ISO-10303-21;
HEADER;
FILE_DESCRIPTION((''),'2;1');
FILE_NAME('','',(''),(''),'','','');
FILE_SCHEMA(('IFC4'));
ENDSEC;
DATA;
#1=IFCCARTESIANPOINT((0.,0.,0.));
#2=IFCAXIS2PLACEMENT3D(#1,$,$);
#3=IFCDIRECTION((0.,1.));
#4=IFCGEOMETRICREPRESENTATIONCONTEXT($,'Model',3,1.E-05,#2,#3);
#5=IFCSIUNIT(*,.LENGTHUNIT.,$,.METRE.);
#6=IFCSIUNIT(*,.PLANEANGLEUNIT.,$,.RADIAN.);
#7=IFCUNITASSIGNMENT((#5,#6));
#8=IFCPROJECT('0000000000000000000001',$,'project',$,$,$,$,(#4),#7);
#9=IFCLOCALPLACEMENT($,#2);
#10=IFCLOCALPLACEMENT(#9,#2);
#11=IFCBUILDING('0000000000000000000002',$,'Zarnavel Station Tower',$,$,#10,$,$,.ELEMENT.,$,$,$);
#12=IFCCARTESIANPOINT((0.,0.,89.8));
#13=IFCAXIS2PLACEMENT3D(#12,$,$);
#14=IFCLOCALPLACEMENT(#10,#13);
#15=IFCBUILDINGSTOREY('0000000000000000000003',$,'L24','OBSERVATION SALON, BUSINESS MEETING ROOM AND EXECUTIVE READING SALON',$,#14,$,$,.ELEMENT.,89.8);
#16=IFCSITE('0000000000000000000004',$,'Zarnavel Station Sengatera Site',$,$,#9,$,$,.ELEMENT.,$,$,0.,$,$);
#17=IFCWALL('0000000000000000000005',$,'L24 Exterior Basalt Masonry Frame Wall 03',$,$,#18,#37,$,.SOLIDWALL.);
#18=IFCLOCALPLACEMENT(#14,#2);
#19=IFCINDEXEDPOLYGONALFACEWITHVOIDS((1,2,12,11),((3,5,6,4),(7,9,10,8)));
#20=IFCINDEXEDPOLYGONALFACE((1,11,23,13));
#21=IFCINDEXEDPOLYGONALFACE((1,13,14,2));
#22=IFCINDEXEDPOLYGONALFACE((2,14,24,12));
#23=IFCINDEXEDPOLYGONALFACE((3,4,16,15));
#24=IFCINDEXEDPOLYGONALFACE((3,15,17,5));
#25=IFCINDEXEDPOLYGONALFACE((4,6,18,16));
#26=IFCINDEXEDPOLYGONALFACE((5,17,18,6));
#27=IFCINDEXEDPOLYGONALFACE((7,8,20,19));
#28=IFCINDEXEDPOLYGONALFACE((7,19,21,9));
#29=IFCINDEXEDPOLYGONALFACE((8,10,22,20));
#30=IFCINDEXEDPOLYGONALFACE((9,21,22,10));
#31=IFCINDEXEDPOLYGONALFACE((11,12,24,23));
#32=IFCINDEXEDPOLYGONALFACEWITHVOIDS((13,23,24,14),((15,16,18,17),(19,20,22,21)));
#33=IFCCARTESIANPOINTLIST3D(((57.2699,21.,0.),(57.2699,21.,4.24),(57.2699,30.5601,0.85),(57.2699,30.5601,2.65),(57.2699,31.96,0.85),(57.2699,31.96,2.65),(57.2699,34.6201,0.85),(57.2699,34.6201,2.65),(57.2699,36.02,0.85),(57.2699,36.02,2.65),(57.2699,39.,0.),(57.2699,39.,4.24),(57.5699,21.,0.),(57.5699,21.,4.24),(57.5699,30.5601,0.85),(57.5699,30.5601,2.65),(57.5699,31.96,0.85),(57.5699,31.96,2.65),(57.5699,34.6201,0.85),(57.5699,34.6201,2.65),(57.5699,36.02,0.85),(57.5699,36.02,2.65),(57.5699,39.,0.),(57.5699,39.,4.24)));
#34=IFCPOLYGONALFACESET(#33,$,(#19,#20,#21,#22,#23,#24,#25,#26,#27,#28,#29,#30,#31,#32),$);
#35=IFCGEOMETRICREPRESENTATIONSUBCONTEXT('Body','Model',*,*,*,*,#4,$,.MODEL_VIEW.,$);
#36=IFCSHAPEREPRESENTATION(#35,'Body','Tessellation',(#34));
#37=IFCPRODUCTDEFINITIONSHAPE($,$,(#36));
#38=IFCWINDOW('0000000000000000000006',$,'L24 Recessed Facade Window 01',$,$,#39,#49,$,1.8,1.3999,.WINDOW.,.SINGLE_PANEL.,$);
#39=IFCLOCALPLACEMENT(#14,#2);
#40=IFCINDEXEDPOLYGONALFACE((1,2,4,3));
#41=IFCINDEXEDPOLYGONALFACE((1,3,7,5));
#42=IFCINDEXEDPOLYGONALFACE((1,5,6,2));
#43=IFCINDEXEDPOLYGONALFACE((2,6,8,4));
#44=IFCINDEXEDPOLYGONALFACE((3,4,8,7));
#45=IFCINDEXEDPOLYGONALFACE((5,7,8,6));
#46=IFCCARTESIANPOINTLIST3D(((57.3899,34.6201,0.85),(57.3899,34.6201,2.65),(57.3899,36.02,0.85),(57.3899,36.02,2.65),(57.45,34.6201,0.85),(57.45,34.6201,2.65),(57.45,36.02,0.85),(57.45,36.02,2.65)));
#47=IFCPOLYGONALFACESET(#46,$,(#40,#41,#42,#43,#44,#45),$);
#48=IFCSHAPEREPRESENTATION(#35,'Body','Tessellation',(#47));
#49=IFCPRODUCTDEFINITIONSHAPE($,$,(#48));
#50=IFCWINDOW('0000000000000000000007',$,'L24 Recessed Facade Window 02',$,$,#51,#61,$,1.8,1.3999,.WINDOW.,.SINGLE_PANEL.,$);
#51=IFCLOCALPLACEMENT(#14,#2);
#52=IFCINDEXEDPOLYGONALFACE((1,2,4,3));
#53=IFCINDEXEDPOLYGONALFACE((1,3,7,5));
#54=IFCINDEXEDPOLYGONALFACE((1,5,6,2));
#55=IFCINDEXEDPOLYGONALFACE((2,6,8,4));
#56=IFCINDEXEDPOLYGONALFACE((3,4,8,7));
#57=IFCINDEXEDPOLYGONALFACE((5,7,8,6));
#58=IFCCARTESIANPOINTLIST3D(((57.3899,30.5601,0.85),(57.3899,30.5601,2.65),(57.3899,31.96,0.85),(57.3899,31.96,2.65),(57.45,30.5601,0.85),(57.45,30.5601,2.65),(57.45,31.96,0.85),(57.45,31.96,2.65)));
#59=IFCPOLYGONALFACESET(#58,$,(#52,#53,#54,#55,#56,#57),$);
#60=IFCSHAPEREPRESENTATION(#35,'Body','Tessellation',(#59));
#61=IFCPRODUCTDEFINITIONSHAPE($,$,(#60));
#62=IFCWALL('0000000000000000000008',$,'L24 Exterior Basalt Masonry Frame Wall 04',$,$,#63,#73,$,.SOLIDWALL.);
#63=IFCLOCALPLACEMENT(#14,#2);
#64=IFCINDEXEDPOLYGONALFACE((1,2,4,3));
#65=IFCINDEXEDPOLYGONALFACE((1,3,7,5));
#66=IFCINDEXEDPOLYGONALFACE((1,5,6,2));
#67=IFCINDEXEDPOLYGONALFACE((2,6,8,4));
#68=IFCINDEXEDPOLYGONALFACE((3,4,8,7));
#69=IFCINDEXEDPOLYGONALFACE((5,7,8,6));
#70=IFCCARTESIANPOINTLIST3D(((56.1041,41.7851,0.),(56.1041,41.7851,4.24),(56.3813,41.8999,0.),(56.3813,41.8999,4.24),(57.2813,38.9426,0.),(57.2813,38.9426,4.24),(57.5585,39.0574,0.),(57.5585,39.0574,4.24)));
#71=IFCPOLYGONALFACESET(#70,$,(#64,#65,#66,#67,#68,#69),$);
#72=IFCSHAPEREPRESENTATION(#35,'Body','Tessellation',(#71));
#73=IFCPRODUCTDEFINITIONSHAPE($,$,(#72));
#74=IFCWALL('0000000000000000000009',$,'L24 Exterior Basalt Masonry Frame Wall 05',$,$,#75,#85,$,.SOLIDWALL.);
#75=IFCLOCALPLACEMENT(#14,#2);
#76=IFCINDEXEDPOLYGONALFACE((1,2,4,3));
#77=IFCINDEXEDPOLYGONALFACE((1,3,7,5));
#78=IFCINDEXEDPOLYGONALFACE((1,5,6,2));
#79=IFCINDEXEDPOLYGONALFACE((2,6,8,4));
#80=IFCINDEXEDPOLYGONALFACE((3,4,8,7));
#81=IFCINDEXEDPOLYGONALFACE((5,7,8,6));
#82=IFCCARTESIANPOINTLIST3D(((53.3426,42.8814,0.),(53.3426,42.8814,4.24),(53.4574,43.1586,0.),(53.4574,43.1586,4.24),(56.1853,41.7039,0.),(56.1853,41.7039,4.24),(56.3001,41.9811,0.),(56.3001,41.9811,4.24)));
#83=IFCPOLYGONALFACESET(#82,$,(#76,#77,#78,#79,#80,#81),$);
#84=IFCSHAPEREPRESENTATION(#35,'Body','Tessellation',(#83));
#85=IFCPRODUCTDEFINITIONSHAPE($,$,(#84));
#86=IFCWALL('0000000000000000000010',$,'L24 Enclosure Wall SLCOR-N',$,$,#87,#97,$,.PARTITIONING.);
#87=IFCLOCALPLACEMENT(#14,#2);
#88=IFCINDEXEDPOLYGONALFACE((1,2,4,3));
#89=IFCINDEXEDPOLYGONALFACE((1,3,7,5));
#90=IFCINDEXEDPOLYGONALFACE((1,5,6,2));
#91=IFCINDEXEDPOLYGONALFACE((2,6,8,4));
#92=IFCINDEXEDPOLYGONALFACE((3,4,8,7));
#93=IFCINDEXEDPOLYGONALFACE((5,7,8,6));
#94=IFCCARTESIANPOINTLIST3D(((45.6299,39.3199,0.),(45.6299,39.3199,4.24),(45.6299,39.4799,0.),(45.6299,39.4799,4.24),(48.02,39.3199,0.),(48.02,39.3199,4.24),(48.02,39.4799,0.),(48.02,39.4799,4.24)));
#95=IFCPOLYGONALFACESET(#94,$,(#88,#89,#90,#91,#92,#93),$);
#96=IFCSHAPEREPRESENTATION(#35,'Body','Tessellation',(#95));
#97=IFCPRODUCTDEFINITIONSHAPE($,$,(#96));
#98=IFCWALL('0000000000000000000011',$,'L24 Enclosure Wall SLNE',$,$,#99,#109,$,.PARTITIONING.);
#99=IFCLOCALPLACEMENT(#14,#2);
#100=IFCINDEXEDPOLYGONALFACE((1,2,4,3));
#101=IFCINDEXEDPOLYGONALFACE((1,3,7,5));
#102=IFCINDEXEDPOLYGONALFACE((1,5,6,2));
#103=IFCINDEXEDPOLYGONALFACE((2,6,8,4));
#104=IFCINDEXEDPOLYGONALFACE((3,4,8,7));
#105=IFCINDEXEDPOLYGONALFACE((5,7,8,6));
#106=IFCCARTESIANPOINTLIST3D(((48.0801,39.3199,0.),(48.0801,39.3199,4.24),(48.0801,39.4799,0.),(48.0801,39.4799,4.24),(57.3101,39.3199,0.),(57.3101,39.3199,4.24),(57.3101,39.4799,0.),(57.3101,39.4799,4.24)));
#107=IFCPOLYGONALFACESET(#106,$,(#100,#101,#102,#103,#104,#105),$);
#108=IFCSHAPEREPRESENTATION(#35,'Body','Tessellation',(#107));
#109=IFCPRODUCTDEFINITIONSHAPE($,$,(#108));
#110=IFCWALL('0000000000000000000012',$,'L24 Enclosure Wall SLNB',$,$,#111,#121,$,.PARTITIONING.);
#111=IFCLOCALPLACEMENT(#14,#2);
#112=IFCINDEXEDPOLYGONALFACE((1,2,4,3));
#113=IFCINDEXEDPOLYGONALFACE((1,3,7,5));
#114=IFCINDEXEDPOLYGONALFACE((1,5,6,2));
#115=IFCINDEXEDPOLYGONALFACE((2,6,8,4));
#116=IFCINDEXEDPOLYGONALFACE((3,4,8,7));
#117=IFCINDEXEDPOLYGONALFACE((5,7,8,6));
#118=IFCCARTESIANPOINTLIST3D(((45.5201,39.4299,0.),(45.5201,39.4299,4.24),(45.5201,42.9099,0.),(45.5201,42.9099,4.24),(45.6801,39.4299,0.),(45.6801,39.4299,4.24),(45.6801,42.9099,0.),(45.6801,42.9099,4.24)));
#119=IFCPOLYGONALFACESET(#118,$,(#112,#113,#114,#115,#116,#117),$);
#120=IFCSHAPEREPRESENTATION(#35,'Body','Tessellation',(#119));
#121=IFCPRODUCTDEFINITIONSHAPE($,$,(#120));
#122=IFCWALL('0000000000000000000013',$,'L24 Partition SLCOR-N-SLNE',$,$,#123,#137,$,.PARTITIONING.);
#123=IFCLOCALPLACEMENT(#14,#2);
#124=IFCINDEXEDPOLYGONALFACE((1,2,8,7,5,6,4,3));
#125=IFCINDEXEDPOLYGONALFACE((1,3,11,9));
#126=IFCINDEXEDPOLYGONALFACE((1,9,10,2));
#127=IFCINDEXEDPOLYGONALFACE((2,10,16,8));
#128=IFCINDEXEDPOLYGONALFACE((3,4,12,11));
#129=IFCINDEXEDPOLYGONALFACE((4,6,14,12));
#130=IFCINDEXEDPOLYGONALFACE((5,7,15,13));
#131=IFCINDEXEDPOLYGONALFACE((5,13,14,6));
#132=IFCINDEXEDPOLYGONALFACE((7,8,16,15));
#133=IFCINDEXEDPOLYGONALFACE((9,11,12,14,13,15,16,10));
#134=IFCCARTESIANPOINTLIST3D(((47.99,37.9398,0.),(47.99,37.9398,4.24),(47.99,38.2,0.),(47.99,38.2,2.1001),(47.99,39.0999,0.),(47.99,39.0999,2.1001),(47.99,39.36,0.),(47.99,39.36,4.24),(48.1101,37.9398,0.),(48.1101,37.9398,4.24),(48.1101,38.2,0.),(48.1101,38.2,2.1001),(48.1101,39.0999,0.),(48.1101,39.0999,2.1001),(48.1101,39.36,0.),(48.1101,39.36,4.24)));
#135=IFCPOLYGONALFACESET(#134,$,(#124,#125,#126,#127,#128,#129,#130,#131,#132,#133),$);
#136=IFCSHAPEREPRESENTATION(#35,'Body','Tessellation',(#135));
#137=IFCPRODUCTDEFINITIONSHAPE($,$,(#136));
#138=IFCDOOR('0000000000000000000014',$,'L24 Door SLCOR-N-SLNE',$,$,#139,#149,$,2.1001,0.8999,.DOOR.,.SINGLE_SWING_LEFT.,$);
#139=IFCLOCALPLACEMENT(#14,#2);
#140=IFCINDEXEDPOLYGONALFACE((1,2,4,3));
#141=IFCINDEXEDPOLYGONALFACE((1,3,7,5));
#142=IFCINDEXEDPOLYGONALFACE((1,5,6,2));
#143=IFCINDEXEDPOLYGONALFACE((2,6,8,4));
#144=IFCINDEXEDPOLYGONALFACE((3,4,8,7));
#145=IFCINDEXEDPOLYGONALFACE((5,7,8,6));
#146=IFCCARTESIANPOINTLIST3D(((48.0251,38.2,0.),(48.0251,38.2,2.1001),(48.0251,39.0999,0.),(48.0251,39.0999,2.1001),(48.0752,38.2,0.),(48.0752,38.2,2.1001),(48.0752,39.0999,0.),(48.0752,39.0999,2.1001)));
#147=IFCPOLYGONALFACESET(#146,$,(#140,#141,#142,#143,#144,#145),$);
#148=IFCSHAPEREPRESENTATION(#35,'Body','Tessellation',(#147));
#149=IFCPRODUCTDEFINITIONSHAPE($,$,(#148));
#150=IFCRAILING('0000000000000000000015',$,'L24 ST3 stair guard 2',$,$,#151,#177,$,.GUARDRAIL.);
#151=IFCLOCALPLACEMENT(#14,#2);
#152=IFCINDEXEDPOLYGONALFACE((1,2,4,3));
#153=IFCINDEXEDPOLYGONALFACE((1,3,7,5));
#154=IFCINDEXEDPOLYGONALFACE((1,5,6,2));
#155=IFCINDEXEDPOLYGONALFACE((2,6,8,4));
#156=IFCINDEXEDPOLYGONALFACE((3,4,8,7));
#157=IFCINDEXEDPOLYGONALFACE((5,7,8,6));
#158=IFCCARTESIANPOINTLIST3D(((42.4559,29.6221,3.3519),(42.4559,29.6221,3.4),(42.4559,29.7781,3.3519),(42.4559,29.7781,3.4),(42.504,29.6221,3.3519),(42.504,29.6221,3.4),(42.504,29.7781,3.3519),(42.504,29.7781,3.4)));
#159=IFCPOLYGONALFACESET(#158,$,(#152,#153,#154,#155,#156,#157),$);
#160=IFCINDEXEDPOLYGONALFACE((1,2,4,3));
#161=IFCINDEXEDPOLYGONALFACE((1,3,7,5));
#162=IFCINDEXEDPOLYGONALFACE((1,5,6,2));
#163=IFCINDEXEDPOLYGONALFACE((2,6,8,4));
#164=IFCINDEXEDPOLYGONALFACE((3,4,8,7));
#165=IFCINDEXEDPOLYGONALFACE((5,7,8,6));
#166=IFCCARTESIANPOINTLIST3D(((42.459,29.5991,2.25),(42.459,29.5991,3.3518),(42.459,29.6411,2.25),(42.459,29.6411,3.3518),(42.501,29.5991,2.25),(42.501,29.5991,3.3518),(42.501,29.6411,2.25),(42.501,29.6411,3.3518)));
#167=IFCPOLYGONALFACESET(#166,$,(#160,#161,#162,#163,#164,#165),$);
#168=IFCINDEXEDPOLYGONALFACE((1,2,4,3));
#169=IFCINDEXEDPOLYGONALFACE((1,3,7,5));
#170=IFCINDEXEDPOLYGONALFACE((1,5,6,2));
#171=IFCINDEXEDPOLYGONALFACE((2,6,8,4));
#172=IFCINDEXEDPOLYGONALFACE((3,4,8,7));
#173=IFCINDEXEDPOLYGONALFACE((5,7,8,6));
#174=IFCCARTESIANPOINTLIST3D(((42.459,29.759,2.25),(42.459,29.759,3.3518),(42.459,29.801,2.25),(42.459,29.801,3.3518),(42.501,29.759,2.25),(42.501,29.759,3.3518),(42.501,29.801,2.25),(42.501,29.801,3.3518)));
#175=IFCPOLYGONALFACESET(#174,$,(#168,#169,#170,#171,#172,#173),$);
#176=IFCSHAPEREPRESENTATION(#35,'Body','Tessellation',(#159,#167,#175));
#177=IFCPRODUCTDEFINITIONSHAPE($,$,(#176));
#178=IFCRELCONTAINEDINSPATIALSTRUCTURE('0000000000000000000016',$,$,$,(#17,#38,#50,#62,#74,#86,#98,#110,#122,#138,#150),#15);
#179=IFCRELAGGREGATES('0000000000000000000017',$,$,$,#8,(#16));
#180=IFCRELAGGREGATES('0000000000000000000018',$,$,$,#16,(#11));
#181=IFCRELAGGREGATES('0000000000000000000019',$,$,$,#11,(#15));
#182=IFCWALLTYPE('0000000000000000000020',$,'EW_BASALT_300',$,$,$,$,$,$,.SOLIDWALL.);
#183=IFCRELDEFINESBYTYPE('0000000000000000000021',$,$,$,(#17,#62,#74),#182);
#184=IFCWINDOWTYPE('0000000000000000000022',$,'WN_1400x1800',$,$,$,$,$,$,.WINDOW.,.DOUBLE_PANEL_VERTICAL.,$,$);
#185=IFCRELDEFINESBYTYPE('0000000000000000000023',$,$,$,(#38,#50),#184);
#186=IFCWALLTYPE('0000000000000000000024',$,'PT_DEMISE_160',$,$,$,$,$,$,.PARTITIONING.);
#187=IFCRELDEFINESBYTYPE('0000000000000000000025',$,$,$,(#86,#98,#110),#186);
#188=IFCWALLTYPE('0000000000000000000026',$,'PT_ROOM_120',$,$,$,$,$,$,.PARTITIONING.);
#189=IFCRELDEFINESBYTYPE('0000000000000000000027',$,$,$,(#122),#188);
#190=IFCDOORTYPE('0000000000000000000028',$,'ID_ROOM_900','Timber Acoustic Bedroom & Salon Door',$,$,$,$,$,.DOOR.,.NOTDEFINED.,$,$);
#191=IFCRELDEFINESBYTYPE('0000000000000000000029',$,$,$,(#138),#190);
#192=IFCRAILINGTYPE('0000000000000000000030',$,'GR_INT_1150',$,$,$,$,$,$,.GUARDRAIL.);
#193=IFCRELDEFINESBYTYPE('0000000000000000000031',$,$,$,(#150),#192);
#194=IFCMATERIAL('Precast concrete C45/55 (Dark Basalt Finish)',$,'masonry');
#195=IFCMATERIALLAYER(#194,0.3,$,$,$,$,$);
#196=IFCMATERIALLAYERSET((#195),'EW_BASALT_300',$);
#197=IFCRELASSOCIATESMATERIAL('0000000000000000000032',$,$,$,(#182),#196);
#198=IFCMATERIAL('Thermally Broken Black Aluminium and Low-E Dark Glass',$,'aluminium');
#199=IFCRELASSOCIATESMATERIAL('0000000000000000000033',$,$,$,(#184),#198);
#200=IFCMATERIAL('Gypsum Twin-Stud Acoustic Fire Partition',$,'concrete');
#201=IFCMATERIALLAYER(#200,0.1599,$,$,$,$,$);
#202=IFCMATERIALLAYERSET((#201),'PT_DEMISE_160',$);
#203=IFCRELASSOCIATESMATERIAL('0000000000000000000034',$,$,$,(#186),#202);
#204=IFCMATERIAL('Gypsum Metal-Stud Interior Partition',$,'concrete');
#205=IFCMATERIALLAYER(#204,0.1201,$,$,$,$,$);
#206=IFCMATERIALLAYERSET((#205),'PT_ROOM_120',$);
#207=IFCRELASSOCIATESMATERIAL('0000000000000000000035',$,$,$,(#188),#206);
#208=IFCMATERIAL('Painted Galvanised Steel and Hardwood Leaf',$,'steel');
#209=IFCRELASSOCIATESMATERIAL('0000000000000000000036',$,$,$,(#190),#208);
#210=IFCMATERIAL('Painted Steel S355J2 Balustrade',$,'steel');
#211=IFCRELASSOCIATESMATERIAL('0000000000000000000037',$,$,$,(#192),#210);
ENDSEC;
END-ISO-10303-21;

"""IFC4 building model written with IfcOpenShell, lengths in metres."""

from ifc_helpers import new_model, si_unit, direction, frame, frame_2d, origin, origin_2d, place, context, subcontext, project, spatial, rectangle, extrude, material, layer, layer_set, type_object, element, fill, save


model = new_model("IFC4")

# Units and contexts
model_context = context("Model", 3, precision=1e-05, world=origin(), true_north=direction((0.0, 1.0)))
body_context = subcontext(model_context, "Body", "Model", "MODEL_VIEW")
ifc_project = project(units=[si_unit("LENGTHUNIT", "METRE"), si_unit("PLANEANGLEUNIT", "RADIAN")], contexts=[model_context])

# Site, building, storey
site_placement = place(None, origin())
site = spatial("IfcSite", under=ifc_project, at=site_placement, Name="Zarnavel Station Sengatera Site", CompositionType="ELEMENT", RefElevation=0.0)
building_placement = place(site_placement, origin())
building = spatial("IfcBuilding", under=site, at=building_placement, Name="Zarnavel Station Tower", CompositionType="ELEMENT")
storey_placement = place(building_placement, frame((0.0, 0.0, 89.8)))
storey = spatial("IfcBuildingStorey", under=building, at=storey_placement, Name="L24", Description="OBSERVATION SALON, BUSINESS MEETING ROOM AND EXECUTIVE READING SALON", CompositionType="ELEMENT", Elevation=89.8)

# Wall, openings, windows
ifc_material_1 = material(Name="Precast concrete C45/55 (Dark Basalt Finish)", Category="masonry")
ifc_layer_1 = layer(ifc_material_1, 0.3)
ifc_layer_set_1 = layer_set([ifc_layer_1], Name="EW_BASALT_300")
wall_type_1 = type_object("IfcWallType", Name="EW_BASALT_300", PredefinedType="SOLIDWALL", material=ifc_layer_set_1)
wall_1_placement = place(storey_placement, frame((57.4199, 39.0, 0.0), z_axis=(0.0, 0.0, 1.0), x_axis=(0.0, -1.0, 0.0)))
wall_1 = element("IfcWall", 1, at=wall_1_placement, inside=storey, type_object=wall_type_1, Name="L24 Exterior Basalt Masonry Frame Wall 03", PredefinedType="SOLIDWALL", context=body_context, shape_type="SweptSolid", body=[
    extrude(rectangle(XDim=18.0, YDim=0.3, at=frame_2d((9.0, 0.0))), origin(), (0.0, 0.0, 1.0), 4.24),
])
opening_1_placement = place(wall_1_placement, frame((2.98, 0.0, 0.8501)))
opening_1 = element("IfcOpeningElement", 2, at=opening_1_placement, cuts=wall_1, PredefinedType="OPENING", context=body_context, shape_type="SweptSolid", body=[
    extrude(rectangle(XDim=1.3999, YDim=1.8, at=frame_2d((0.7, 0.8999))), frame((0.0, 0.1599, 0.0), z_axis=(0.0, -1.0, 0.0), x_axis=(1.0, 0.0, 0.0)), (0.0, 0.0, 1.0), 0.3201),
])
opening_2_placement = place(wall_1_placement, frame((7.04, 0.0, 0.8501)))
opening_2 = element("IfcOpeningElement", 3, at=opening_2_placement, cuts=wall_1, PredefinedType="OPENING", context=body_context, shape_type="SweptSolid", body=[
    extrude(rectangle(XDim=1.3999, YDim=1.8, at=frame_2d((0.7, 0.8999))), frame((0.0, 0.1599, 0.0), z_axis=(0.0, -1.0, 0.0), x_axis=(1.0, 0.0, 0.0)), (0.0, 0.0, 1.0), 0.3201),
])
ifc_material_2 = material(Name="Thermally Broken Black Aluminium and Low-E Dark Glass", Category="aluminium")
window_type = type_object("IfcWindowType", Name="WN_1400x1800", PartitioningType="DOUBLE_PANEL_VERTICAL", PredefinedType="WINDOW", material=ifc_material_2)
window_1_placement = place(opening_1_placement, origin())
window_1 = element("IfcWindow", 4, at=window_1_placement, inside=storey, type_object=window_type, Name="L24 Recessed Facade Window 01", OverallHeight=1.8, OverallWidth=1.3999, PartitioningType="SINGLE_PANEL", PredefinedType="WINDOW", context=body_context, shape_type="SweptSolid", body=[
    extrude(rectangle(XDim=1.3999, YDim=1.8, at=frame_2d((0.7, 0.8999))), frame((0.0, 0.03, 0.0), z_axis=(0.0, -1.0, 0.0), x_axis=(1.0, 0.0, 0.0)), (0.0, 0.0, 1.0), 0.0601),
])
fill(opening_1, window_1)
window_2_placement = place(opening_2_placement, origin())
window_2 = element("IfcWindow", 5, at=window_2_placement, inside=storey, type_object=window_type, Name="L24 Recessed Facade Window 02", OverallHeight=1.8, OverallWidth=1.3999, PartitioningType="SINGLE_PANEL", PredefinedType="WINDOW", context=body_context, shape_type="SweptSolid", body=[
    extrude(rectangle(XDim=1.3999, YDim=1.8, at=frame_2d((0.7, 0.8999))), frame((0.0, 0.03, 0.0), z_axis=(0.0, -1.0, 0.0), x_axis=(1.0, 0.0, 0.0)), (0.0, 0.0, 1.0), 0.0601),
])
fill(opening_2, window_2)

# Walls
wall_2_placement = place(storey_placement, frame((56.2427, 41.8425, 0.0), z_axis=(0.0, 0.0, 1.0), x_axis=(0.382637, -0.923899, 0.0)))
element("IfcWall", 6, at=wall_2_placement, inside=storey, type_object=wall_type_1, Name="L24 Exterior Basalt Masonry Frame Wall 04", PredefinedType="SOLIDWALL", context=body_context, shape_type="SweptSolid", body=[
    extrude(rectangle(XDim=3.0767, YDim=0.3, at=frame_2d((1.5383, 0.0))), origin(), (0.0, 0.0, 1.0), 4.24),
])
wall_3_placement = place(storey_placement, frame((53.3999, 43.02, 0.0), z_axis=(0.0, 0.0, 1.0), x_axis=(0.923882, -0.382676, 0.0)))
element("IfcWall", 7, at=wall_3_placement, inside=storey, type_object=wall_type_1, Name="L24 Exterior Basalt Masonry Frame Wall 05", PredefinedType="SOLIDWALL", context=body_context, shape_type="SweptSolid", body=[
    extrude(rectangle(XDim=3.0769, YDim=0.3, at=frame_2d((1.5386, 0.0))), origin(), (0.0, 0.0, 1.0), 4.24),
])
ifc_material_3 = material(Name="Gypsum Twin-Stud Acoustic Fire Partition", Category="concrete")
ifc_layer_2 = layer(ifc_material_3, 0.1599)
ifc_layer_set_2 = layer_set([ifc_layer_2], Name="PT_DEMISE_160")
wall_type_2 = type_object("IfcWallType", Name="PT_DEMISE_160", PredefinedType="PARTITIONING", material=ifc_layer_set_2)
wall_4_placement = place(storey_placement, frame((45.6299, 39.3999, 0.0), z_axis=(0.0, 0.0, 1.0), x_axis=(1.0, 0.0, 0.0)))
element("IfcWall", 8, at=wall_4_placement, inside=storey, type_object=wall_type_2, Name="L24 Enclosure Wall SLCOR-N", PredefinedType="PARTITIONING", context=body_context, shape_type="SweptSolid", body=[
    extrude(rectangle(XDim=2.3901, YDim=0.1599, at=frame_2d((1.1951, 0.0))), origin(), (0.0, 0.0, 1.0), 4.24),
])
wall_5_placement = place(storey_placement, frame((48.0801, 39.3999, 0.0), z_axis=(0.0, 0.0, 1.0), x_axis=(1.0, 0.0, 0.0)))
element("IfcWall", 9, at=wall_5_placement, inside=storey, type_object=wall_type_2, Name="L24 Enclosure Wall SLNE", PredefinedType="PARTITIONING", context=body_context, shape_type="SweptSolid", body=[
    extrude(rectangle(XDim=9.23, YDim=0.1599, at=frame_2d((4.615, 0.0))), origin(), (0.0, 0.0, 1.0), 4.24),
])
wall_6_placement = place(storey_placement, frame((45.6001, 39.4299, 0.0), z_axis=(0.0, 0.0, 1.0), x_axis=(0.0, 1.0, 0.0)))
element("IfcWall", 10, at=wall_6_placement, inside=storey, type_object=wall_type_2, Name="L24 Enclosure Wall SLNB", PredefinedType="PARTITIONING", context=body_context, shape_type="SweptSolid", body=[
    extrude(rectangle(XDim=3.48, YDim=0.1599, at=frame_2d((1.74, 0.0))), origin(), (0.0, 0.0, 1.0), 4.24),
])

# Wall, opening, door
ifc_material_4 = material(Name="Gypsum Metal-Stud Interior Partition", Category="concrete")
ifc_layer_3 = layer(ifc_material_4, 0.1201)
ifc_layer_set_3 = layer_set([ifc_layer_3], Name="PT_ROOM_120")
wall_type_3 = type_object("IfcWallType", Name="PT_ROOM_120", PredefinedType="PARTITIONING", material=ifc_layer_set_3)
wall_7_placement = place(storey_placement, frame((48.05, 37.9399, 0.0), z_axis=(0.0, 0.0, 1.0), x_axis=(0.0, 1.0, 0.0)))
wall_7 = element("IfcWall", 11, at=wall_7_placement, inside=storey, type_object=wall_type_3, Name="L24 Partition SLCOR-N-SLNE", PredefinedType="PARTITIONING", context=body_context, shape_type="SweptSolid", body=[
    extrude(rectangle(XDim=1.4202, YDim=0.1201, at=frame_2d((0.71, 0.0))), origin(), (0.0, 0.0, 1.0), 4.24),
])
opening_3_placement = place(wall_7_placement, frame((0.26, 0.0, 0.0)))
opening_3 = element("IfcOpeningElement", 12, at=opening_3_placement, cuts=wall_7, PredefinedType="OPENING", context=body_context, shape_type="SweptSolid", body=[
    extrude(rectangle(XDim=0.8999, YDim=2.1001, at=frame_2d((0.45, 1.05))), frame((0.0, 0.0701, 0.0), z_axis=(0.0, -1.0, 0.0), x_axis=(1.0, 0.0, 0.0)), (0.0, 0.0, 1.0), 0.1401),
])
ifc_material_5 = material(Name="Painted Galvanised Steel and Hardwood Leaf", Category="steel")
door_type_1 = type_object("IfcDoorType", Name="ID_ROOM_900", Description="Timber Acoustic Bedroom & Salon Door", OperationType="NOTDEFINED", PredefinedType="DOOR", material=ifc_material_5)
door_1_placement = place(opening_3_placement, origin())
door_1 = element("IfcDoor", 13, at=door_1_placement, inside=storey, type_object=door_type_1, Name="L24 Door SLCOR-N-SLNE", OperationType="SINGLE_SWING_LEFT", OverallHeight=2.1001, OverallWidth=0.8999, PredefinedType="DOOR", context=body_context, shape_type="SweptSolid", body=[
    extrude(rectangle(XDim=0.8999, YDim=2.1001, at=frame_2d((0.45, 1.05))), frame((0.0, 0.0249, 0.0), z_axis=(0.0, -1.0, 0.0), x_axis=(1.0, 0.0, 0.0)), (0.0, 0.0, 1.0), 0.05),
])
fill(opening_3, door_1)

# Railing
ifc_material_6 = material(Name="Painted Steel S355J2 Balustrade", Category="steel")
railing_type_1 = type_object("IfcRailingType", Name="GR_INT_1150", PredefinedType="GUARDRAIL", material=ifc_material_6)
railing_1_placement = place(storey_placement, frame((42.48, 29.6201, 2.25)))
element("IfcRailing", 14, at=railing_1_placement, inside=storey, type_object=railing_type_1, Name="L24 ST3 stair guard 2", PredefinedType="GUARDRAIL", context=body_context, shape_type="SweptSolid", body=[
    extrude(rectangle(XDim=0.0481, YDim=0.0481, at=origin_2d()), frame((0.0, 0.002, 1.126), z_axis=(0.0, 1.0, 0.0), x_axis=(-1.0, 0.0, 0.0)), (0.0, 0.0, 1.0), 0.156),
    extrude(rectangle(XDim=0.042, YDim=0.042, at=origin_2d()), origin(), (0.0, 0.0, 1.0), 1.1018),
    extrude(rectangle(XDim=0.042, YDim=0.042, at=origin_2d()), frame((0.0, 0.1599, 0.0)), (0.0, 0.0, 1.0), 1.1018),
])

save(model, "model.ifc")
